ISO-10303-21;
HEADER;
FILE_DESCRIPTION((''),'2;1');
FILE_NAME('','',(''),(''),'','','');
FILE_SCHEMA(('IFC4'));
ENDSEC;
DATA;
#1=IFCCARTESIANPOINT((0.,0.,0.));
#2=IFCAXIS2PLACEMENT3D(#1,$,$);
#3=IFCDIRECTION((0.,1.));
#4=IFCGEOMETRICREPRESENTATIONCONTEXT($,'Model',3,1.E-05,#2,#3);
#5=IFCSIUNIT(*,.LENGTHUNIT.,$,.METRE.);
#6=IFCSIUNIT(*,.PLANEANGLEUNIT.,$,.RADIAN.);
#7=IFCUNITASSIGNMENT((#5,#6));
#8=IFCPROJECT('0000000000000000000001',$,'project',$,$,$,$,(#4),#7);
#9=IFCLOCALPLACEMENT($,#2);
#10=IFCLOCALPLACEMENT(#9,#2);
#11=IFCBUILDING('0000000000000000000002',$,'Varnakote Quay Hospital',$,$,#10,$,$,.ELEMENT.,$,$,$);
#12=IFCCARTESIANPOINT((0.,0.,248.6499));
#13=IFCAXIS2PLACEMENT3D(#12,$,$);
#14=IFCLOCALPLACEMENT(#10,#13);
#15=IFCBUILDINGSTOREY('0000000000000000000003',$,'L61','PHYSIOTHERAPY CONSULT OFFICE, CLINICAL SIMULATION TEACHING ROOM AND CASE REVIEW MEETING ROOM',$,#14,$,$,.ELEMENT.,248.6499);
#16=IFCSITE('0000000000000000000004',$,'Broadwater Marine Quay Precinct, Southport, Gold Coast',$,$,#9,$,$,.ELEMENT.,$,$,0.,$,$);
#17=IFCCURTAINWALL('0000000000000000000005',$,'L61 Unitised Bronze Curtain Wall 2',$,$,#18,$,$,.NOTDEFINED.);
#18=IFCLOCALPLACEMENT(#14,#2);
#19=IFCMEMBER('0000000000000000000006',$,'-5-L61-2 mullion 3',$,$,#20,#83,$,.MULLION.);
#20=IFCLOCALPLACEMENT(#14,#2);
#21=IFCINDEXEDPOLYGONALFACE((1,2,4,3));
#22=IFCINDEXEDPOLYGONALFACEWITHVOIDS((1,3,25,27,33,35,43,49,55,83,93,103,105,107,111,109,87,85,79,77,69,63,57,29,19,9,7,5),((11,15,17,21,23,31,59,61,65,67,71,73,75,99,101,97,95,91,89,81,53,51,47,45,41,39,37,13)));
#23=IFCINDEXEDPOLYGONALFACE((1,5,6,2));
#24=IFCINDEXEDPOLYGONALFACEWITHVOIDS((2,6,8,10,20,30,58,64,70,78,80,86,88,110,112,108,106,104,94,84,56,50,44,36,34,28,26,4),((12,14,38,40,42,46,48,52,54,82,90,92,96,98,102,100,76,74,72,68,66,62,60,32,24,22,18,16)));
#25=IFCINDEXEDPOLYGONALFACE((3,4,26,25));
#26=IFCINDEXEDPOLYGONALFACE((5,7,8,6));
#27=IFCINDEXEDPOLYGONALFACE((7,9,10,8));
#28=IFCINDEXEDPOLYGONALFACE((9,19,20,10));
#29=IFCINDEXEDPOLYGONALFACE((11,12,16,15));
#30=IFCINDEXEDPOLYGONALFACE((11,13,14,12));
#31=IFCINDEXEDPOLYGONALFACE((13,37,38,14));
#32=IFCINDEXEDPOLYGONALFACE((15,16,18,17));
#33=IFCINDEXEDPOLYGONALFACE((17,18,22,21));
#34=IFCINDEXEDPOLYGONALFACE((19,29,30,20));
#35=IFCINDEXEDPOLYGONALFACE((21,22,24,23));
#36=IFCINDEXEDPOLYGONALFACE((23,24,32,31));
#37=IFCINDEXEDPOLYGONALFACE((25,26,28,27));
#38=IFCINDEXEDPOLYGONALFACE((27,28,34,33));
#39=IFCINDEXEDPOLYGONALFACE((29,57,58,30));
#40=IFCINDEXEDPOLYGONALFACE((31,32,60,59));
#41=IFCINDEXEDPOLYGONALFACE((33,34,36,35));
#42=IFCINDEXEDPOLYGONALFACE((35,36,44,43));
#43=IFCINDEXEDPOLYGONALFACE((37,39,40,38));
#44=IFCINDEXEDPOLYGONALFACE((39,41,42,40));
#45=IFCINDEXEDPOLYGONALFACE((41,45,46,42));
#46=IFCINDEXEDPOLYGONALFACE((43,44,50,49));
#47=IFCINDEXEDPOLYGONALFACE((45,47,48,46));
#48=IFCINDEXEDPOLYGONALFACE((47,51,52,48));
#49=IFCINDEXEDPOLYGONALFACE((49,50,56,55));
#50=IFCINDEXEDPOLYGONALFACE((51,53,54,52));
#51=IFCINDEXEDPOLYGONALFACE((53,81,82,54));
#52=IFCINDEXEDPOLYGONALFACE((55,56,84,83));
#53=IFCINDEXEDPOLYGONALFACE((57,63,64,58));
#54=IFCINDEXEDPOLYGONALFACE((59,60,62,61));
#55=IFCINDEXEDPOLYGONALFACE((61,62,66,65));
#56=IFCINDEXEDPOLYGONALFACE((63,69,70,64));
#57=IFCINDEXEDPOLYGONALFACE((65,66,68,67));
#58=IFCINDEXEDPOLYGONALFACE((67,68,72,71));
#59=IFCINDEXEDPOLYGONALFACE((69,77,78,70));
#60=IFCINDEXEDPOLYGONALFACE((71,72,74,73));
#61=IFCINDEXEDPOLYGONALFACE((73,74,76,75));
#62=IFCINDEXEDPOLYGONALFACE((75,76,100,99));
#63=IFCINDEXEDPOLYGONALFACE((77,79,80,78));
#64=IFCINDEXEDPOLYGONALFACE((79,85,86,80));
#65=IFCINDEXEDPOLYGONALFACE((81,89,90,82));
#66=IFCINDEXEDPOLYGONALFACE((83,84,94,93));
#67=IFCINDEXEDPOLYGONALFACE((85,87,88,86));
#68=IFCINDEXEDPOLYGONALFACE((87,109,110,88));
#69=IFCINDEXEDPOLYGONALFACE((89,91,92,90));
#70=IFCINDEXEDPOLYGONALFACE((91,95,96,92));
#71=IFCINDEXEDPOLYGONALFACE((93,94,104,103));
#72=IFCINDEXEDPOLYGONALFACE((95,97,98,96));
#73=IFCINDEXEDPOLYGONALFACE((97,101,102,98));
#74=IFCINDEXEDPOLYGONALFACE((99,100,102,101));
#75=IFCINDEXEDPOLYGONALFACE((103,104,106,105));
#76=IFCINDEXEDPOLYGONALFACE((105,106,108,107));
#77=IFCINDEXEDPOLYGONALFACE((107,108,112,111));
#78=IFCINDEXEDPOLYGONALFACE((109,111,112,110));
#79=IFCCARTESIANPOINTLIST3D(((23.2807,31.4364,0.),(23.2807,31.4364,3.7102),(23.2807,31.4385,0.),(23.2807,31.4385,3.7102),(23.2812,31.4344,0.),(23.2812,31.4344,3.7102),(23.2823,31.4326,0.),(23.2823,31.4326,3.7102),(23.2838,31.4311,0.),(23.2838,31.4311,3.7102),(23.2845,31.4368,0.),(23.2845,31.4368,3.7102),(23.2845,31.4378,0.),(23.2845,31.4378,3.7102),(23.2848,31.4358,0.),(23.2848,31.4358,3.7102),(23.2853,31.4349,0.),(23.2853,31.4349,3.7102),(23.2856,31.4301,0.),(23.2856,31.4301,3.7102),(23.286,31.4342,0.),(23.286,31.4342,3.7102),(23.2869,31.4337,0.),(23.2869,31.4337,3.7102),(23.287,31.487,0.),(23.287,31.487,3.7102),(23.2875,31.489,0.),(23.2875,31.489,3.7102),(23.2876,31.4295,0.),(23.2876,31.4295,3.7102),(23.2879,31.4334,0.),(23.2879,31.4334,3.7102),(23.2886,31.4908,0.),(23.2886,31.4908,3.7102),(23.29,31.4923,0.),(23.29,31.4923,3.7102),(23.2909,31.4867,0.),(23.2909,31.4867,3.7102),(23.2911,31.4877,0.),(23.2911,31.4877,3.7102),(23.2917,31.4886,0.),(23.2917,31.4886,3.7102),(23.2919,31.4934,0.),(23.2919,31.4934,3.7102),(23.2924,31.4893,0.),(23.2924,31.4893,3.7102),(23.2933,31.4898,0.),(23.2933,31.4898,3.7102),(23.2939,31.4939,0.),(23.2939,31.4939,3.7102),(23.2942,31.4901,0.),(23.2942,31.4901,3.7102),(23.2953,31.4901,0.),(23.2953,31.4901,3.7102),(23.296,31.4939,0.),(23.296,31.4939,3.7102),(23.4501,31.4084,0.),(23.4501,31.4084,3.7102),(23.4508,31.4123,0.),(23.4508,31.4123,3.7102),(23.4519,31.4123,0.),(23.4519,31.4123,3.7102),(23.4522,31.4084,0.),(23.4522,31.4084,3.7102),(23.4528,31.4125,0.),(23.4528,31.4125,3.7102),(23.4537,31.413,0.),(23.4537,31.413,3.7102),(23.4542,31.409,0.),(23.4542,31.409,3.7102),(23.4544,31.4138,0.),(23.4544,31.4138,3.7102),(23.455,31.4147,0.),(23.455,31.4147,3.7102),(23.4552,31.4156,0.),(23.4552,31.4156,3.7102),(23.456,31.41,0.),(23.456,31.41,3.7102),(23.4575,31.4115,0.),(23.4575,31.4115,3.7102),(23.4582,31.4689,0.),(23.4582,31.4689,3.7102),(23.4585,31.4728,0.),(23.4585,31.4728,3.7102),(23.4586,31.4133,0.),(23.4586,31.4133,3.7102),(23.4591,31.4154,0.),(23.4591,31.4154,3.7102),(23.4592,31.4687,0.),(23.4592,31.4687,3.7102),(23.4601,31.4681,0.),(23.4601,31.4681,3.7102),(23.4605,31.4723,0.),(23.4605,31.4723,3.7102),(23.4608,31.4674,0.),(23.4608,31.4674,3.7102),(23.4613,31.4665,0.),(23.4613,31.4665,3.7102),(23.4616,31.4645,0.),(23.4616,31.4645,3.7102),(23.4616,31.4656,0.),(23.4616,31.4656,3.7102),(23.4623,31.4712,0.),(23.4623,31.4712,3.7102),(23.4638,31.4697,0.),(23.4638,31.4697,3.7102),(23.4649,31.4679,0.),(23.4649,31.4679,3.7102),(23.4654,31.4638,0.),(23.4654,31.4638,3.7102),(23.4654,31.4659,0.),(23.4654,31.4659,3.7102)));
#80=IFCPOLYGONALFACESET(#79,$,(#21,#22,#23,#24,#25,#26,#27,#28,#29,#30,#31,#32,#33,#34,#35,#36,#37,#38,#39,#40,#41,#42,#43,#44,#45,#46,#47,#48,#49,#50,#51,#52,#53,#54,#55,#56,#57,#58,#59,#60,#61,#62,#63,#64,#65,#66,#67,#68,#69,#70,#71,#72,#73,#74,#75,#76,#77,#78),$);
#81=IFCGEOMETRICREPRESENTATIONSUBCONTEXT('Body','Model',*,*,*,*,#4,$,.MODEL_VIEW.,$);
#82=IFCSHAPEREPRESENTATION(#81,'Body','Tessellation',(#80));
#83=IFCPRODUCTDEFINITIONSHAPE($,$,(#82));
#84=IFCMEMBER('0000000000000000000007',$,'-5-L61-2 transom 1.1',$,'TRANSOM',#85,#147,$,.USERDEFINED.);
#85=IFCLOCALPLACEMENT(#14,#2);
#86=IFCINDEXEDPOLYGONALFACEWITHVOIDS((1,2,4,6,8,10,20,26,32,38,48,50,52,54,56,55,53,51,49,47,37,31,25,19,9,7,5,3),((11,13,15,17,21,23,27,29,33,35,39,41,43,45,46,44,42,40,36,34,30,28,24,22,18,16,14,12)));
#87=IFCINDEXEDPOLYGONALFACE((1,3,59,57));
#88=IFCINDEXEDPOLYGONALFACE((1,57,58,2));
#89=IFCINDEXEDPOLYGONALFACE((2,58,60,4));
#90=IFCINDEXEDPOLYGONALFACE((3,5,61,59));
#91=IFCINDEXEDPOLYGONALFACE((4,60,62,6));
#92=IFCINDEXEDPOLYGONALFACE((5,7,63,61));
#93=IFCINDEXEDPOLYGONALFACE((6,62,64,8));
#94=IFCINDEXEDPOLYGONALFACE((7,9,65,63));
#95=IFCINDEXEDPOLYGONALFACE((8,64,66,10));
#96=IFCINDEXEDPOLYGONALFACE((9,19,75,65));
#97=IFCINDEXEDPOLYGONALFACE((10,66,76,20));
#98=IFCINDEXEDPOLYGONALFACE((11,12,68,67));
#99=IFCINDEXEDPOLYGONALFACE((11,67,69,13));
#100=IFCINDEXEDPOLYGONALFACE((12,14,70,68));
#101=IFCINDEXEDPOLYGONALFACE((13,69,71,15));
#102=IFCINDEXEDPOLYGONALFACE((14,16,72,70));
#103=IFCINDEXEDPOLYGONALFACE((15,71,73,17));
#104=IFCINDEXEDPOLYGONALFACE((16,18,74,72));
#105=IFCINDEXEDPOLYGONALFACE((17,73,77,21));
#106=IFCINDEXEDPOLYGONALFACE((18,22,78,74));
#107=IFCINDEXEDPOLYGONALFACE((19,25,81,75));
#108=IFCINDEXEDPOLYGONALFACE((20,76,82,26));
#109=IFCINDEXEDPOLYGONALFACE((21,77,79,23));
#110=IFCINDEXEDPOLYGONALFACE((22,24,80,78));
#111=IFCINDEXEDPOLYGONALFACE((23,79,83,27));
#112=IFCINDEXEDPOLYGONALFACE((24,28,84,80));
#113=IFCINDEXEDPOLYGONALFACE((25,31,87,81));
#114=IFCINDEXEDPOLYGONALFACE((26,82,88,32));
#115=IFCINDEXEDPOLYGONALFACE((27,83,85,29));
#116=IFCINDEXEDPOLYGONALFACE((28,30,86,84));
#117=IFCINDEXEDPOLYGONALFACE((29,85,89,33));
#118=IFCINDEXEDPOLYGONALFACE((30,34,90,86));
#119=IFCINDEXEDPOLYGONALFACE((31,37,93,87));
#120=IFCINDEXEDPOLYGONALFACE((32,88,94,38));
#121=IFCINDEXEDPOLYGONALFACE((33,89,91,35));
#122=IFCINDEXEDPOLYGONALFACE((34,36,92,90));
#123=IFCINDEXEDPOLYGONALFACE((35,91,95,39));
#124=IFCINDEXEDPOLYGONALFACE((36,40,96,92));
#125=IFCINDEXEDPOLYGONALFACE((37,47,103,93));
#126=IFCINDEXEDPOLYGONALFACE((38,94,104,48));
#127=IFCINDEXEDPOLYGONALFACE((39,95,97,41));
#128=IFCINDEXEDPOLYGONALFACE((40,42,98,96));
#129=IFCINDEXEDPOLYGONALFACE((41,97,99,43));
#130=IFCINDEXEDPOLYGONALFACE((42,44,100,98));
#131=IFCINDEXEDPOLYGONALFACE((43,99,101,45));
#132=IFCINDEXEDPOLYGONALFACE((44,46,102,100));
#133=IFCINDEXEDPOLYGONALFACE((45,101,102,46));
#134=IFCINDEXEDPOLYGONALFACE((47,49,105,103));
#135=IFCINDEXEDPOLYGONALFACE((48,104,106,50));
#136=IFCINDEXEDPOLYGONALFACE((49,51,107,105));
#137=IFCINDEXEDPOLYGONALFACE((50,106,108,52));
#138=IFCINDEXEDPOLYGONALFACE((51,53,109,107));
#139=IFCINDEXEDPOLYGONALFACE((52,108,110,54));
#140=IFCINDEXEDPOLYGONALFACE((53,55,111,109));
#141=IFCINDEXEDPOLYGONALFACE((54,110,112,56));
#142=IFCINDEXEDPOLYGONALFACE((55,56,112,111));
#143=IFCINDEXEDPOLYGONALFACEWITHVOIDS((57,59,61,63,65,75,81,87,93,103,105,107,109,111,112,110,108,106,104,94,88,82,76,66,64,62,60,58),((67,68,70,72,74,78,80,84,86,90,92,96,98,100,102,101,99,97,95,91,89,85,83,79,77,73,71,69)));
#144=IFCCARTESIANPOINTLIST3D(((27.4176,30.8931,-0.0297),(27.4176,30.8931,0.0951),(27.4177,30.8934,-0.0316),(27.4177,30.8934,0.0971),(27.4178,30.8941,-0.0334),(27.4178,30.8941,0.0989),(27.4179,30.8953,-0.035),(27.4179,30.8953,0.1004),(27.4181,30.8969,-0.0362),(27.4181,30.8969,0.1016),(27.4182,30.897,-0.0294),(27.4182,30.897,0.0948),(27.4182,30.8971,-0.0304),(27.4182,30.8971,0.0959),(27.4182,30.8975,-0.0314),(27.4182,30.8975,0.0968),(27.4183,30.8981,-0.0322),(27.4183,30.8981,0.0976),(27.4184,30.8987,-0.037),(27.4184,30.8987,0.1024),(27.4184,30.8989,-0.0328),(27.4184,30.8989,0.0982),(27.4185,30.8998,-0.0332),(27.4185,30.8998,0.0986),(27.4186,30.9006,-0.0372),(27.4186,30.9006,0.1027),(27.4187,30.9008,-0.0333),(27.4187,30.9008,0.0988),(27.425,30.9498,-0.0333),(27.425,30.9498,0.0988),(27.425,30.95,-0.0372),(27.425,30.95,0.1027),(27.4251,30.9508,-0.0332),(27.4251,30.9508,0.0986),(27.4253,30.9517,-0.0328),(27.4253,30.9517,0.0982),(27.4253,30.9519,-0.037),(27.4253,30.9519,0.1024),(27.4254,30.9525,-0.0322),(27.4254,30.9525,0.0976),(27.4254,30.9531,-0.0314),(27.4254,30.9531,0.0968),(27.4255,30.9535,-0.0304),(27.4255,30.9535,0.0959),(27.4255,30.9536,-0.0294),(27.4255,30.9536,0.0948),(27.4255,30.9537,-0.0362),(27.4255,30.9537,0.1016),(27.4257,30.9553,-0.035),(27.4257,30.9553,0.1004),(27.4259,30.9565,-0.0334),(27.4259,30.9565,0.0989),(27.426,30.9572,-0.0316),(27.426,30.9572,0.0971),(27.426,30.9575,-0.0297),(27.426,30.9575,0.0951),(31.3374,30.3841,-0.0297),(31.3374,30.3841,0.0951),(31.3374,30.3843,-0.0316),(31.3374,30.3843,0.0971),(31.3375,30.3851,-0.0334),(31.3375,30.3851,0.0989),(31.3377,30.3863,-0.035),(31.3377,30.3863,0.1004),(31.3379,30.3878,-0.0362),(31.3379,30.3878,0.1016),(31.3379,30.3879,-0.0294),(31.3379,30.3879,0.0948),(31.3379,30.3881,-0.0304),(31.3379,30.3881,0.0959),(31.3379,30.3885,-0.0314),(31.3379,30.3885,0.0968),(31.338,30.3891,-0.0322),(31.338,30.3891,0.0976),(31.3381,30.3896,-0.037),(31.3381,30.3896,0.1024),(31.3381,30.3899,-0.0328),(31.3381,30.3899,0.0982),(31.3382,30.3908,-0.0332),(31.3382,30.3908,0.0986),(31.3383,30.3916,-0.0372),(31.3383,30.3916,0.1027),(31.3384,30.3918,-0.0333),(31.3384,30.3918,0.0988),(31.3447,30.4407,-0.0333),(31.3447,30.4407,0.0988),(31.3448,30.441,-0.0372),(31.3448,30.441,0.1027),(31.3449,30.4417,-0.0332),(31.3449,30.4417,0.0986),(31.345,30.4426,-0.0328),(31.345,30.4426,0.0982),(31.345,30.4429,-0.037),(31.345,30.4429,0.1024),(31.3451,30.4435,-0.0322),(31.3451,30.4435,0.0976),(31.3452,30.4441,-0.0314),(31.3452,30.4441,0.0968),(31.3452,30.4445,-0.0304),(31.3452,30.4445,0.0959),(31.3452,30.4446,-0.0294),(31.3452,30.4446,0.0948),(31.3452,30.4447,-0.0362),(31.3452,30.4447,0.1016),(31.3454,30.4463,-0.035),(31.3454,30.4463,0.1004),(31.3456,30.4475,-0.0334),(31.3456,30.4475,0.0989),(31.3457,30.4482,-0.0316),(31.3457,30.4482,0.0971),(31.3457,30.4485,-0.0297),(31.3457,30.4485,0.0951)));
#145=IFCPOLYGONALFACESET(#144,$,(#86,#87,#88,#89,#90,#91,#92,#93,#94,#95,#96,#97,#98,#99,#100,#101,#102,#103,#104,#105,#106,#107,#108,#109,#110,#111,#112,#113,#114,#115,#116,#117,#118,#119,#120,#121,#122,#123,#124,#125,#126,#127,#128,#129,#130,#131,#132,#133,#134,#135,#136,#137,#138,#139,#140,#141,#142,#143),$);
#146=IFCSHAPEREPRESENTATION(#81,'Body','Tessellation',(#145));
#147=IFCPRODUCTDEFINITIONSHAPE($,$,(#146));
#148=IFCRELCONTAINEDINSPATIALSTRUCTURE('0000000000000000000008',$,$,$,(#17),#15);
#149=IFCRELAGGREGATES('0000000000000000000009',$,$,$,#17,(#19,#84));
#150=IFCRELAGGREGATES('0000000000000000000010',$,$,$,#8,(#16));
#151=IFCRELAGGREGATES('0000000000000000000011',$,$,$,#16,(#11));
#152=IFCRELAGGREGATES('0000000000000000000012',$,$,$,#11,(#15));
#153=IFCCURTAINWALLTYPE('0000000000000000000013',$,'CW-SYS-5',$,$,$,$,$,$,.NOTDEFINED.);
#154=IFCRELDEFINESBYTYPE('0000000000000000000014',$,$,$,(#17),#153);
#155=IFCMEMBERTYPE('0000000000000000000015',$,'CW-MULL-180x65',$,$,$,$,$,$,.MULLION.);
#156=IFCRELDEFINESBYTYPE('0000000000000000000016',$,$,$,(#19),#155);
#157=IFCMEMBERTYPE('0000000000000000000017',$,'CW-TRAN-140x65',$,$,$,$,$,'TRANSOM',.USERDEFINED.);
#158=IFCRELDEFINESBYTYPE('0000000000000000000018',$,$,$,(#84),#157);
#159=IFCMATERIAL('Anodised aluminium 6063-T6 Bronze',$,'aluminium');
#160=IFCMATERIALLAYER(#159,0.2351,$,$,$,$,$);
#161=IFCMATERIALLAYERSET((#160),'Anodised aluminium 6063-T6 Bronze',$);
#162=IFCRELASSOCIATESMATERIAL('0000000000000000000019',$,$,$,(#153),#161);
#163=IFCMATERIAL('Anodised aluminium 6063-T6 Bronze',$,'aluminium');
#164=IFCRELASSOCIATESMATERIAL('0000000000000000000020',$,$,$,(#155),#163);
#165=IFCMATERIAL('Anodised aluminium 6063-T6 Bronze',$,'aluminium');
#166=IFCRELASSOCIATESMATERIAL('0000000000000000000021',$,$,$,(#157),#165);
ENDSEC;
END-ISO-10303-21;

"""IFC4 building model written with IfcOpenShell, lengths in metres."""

from ifc_helpers import new_model, si_unit, direction, frame, origin, origin_2d, place, context, subcontext, project, spatial, hollow_rectangle, extrude, material, layer, layer_set, material_profile, profile_set, type_object, element, aggregate, save


model = new_model("IFC4")

# Units and contexts
model_context = context("Model", 3, precision=1e-05, world=origin(), true_north=direction((0.0, 1.0)))
body_context = subcontext(model_context, "Body", "Model", "MODEL_VIEW")
ifc_project = project(units=[si_unit("LENGTHUNIT", "METRE"), si_unit("PLANEANGLEUNIT", "RADIAN")], contexts=[model_context])

# Site, building, storey
site_placement = place(None, origin())
site = spatial("IfcSite", under=ifc_project, at=site_placement, Name="Broadwater Marine Quay Precinct, Southport, Gold Coast", CompositionType="ELEMENT", RefElevation=0.0)
building_placement = place(site_placement, origin())
building = spatial("IfcBuilding", under=site, at=building_placement, Name="Varnakote Quay Hospital", CompositionType="ELEMENT")
storey_placement = place(building_placement, frame((0.0, 0.0, 248.6499)))
storey = spatial("IfcBuildingStorey", under=building, at=storey_placement, Name="L61", Description="PHYSIOTHERAPY CONSULT OFFICE, CLINICAL SIMULATION TEACHING ROOM AND CASE REVIEW MEETING ROOM", CompositionType="ELEMENT", Elevation=248.6499)

# Shared definitions
ifc_material_1 = material(Name="Anodised aluminium 6063-T6 Bronze", Category="aluminium")
ifc_layer_1 = layer(ifc_material_1, 0.2351)
ifc_layer_set_1 = layer_set([ifc_layer_1], Name="Anodised aluminium 6063-T6 Bronze")
curtain_wall_type = type_object("IfcCurtainWallType", Name="CW-SYS-5", PredefinedType="NOTDEFINED", material=ifc_layer_set_1)
ifc_material_2 = material(Name="Anodised aluminium 6063-T6 Bronze", Category="aluminium")
ifc_material_profile_1 = material_profile(ifc_material_2, hollow_rectangle(XDim=0.0649, YDim=0.1799, WallThickness=0.0039, InnerFilletRadius=0.0039, OuterFilletRadius=0.0081, at=origin_2d()), Name="CW-MULL-180x65")
ifc_profile_set_1 = profile_set([ifc_material_profile_1], Name="Anodised aluminium 6063-T6 Bronze")
member_type_1 = type_object("IfcMemberType", Name="CW-MULL-180x65", PredefinedType="MULLION", material=ifc_profile_set_1)

# Curtain wall, members
curtain_wall_1_placement = place(storey_placement, origin())
curtain_wall_1 = element("IfcCurtainWall", 1, at=curtain_wall_1_placement, inside=storey, type_object=curtain_wall_type, Name="L61 Unitised Bronze Curtain Wall 2", PredefinedType="NOTDEFINED")
member_1_placement = place(storey_placement, frame((23.373, 31.4512, 0.0), z_axis=(0.0, 0.0, 1.0), x_axis=(-0.128787, -0.991672, 0.0)))
member_1 = element("IfcMember", 2, at=member_1_placement, type_object=member_type_1, Name="-5-L61-2 mullion 3", PredefinedType="MULLION", context=body_context, shape_type="SweptSolid", body=[
    extrude(hollow_rectangle(XDim=0.0649, YDim=0.1799, WallThickness=0.0039, InnerFilletRadius=0.0039, OuterFilletRadius=0.0081, at=origin_2d()), origin(), (0.0, 0.0, 1.0), 3.7102),
])
ifc_material_3 = material(Name="Anodised aluminium 6063-T6 Bronze", Category="aluminium")
ifc_material_profile_2 = material_profile(ifc_material_3, hollow_rectangle(XDim=0.0649, YDim=0.1399, WallThickness=0.0039, InnerFilletRadius=0.0039, OuterFilletRadius=0.0076, at=origin_2d()), Name="CW-TRAN-140x65")
ifc_profile_set_2 = profile_set([ifc_material_profile_2], Name="Anodised aluminium 6063-T6 Bronze")
member_type_2 = type_object("IfcMemberType", Name="CW-TRAN-140x65", ElementType="TRANSOM", PredefinedType="USERDEFINED", material=ifc_profile_set_2)
member_2_placement = place(storey_placement, frame((31.3416, 30.4163, 0.0327), z_axis=(-0.991673, 0.128785, 0.0), x_axis=(-0.128785, -0.991673, 0.0)))
member_2 = element("IfcMember", 3, at=member_2_placement, type_object=member_type_2, Name="-5-L61-2 transom 1.1", ObjectType="TRANSOM", PredefinedType="USERDEFINED", context=body_context, shape_type="SweptSolid", body=[
    extrude(hollow_rectangle(XDim=0.0649, YDim=0.1399, WallThickness=0.0039, InnerFilletRadius=0.0039, OuterFilletRadius=0.0076, at=origin_2d()), origin(), (0.0, 0.0, 1.0), 3.9526),
])

aggregate(curtain_wall_1, [member_1, member_2])

save(model, "model.ifc")
